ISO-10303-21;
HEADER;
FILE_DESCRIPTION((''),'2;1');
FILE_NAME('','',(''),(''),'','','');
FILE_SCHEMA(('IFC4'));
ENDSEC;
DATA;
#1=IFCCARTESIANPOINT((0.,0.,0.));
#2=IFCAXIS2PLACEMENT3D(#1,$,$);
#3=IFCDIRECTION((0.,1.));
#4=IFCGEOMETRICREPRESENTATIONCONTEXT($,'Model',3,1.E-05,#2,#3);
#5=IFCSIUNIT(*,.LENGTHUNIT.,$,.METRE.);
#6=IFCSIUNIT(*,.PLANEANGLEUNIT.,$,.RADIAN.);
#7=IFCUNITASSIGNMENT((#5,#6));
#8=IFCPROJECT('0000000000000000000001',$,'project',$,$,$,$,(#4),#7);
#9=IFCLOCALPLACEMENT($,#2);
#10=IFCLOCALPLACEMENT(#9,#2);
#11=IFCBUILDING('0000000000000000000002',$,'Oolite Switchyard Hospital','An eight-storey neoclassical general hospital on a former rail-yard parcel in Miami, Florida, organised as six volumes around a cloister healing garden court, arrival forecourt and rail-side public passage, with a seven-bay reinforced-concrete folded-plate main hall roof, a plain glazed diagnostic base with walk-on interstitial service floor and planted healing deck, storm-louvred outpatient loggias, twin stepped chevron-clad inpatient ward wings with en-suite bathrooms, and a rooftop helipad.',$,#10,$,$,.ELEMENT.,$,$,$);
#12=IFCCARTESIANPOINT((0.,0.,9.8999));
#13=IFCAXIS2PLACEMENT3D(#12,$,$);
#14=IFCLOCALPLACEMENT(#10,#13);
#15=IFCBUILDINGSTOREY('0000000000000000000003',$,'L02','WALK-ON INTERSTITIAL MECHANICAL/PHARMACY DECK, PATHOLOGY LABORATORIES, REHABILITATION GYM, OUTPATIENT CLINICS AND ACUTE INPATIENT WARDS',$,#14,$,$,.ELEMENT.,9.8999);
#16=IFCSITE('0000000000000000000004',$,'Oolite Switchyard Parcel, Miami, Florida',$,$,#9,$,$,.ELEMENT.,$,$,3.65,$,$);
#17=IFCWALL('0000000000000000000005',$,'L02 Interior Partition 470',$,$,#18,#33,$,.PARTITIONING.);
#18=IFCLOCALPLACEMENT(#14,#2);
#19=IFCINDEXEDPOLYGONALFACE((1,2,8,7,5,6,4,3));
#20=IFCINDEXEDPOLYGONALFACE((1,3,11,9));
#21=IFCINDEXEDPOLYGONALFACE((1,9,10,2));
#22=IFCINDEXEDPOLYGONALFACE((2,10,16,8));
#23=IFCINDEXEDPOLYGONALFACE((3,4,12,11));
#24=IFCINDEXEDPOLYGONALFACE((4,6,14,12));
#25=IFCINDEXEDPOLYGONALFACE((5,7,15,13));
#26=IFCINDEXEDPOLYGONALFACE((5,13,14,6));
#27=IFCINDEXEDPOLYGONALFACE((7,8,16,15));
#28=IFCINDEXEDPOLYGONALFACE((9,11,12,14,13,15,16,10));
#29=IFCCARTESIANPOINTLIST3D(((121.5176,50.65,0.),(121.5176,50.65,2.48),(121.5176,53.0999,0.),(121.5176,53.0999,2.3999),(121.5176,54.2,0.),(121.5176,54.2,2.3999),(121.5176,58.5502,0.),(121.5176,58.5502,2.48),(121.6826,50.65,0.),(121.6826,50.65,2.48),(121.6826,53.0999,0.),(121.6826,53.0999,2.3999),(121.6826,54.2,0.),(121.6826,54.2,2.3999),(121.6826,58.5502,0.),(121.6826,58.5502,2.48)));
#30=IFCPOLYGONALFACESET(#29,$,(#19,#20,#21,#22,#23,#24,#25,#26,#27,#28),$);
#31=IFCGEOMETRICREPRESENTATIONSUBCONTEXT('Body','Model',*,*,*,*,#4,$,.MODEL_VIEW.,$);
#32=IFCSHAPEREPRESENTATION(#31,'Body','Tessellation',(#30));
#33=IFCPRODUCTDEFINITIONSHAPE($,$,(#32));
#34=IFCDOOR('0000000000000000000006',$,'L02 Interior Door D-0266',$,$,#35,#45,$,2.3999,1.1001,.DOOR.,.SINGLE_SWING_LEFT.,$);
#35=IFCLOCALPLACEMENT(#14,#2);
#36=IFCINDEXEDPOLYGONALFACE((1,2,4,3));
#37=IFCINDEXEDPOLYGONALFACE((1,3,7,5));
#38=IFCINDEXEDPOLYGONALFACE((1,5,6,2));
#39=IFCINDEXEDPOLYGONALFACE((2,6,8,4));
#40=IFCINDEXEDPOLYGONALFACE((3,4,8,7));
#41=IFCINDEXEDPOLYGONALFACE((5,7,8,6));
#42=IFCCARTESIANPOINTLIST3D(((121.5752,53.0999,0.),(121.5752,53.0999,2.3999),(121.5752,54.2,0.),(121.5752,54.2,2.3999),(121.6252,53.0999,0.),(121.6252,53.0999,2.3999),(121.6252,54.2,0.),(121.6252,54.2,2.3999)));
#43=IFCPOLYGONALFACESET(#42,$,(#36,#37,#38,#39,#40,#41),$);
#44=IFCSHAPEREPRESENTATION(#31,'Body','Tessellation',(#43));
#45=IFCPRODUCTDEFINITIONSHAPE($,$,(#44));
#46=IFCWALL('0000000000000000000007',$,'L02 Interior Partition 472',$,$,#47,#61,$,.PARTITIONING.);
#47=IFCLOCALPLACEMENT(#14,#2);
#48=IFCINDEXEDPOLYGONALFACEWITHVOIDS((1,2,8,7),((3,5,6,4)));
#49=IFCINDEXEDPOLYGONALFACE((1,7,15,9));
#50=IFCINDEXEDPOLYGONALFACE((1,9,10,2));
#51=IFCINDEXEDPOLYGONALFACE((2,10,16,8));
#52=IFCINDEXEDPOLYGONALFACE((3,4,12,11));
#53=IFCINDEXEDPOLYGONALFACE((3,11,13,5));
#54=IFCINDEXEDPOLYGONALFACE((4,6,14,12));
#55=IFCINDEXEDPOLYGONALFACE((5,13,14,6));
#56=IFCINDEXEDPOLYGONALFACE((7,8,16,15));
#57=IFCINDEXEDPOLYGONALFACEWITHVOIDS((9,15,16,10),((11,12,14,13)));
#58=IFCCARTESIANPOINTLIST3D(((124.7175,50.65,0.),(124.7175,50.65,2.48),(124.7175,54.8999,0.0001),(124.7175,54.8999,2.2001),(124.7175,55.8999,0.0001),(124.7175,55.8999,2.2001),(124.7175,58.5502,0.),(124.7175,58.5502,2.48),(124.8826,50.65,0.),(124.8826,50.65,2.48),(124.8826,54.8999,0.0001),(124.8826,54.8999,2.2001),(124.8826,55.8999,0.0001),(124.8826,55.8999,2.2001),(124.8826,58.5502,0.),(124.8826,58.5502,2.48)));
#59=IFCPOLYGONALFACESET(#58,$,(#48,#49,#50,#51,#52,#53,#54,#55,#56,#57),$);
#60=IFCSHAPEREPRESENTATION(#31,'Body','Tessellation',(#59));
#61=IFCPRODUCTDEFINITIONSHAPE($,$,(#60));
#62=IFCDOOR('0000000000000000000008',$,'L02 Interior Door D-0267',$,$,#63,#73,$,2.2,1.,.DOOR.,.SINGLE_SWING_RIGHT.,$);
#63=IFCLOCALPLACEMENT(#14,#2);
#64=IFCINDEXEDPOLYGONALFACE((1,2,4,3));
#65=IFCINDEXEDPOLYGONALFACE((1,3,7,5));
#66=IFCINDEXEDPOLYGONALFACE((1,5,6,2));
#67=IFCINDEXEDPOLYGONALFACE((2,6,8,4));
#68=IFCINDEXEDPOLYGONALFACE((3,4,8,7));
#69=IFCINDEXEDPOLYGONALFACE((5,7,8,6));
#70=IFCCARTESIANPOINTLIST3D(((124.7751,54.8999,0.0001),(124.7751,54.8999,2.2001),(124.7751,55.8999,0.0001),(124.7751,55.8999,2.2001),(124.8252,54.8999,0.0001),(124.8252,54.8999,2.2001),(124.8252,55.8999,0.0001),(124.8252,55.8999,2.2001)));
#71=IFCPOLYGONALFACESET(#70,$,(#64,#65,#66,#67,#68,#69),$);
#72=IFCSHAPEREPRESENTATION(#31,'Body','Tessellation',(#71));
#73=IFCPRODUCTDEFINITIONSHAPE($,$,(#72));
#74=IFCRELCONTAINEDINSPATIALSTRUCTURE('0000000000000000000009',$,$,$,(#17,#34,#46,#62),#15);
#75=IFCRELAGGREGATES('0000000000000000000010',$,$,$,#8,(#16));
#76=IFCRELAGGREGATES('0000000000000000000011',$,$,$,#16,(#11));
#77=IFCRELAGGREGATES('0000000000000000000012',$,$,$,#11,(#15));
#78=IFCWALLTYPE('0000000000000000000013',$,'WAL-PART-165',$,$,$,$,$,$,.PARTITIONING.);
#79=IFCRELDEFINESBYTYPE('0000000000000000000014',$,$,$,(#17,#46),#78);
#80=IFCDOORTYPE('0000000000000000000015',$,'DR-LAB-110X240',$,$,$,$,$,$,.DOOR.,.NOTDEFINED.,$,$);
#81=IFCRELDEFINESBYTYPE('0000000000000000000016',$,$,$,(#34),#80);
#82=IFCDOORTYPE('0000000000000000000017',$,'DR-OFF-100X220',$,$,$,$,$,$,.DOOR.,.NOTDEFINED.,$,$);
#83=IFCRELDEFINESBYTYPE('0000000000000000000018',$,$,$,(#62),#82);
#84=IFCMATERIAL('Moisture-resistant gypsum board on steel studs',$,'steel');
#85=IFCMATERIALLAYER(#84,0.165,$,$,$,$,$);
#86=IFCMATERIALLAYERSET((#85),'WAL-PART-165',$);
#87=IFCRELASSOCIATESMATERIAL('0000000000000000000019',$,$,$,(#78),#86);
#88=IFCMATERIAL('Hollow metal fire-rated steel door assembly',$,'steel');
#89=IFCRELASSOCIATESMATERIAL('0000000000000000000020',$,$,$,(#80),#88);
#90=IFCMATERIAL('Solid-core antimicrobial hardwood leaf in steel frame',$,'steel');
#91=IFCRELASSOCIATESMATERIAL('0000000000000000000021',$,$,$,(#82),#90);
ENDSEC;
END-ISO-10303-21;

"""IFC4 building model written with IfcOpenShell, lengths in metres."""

from ifc_helpers import new_model, si_unit, direction, frame, frame_2d, origin, place, context, subcontext, project, spatial, rectangle, extrude, material, layer, layer_set, type_object, element, fill, save


model = new_model("IFC4")

# Units and contexts
model_context = context("Model", 3, precision=1e-05, world=origin(), true_north=direction((0.0, 1.0)))
body_context = subcontext(model_context, "Body", "Model", "MODEL_VIEW")
ifc_project = project(units=[si_unit("LENGTHUNIT", "METRE"), si_unit("PLANEANGLEUNIT", "RADIAN")], contexts=[model_context])

# Site, building, storey
site_placement = place(None, origin())
site = spatial("IfcSite", under=ifc_project, at=site_placement, Name="Oolite Switchyard Parcel, Miami, Florida", CompositionType="ELEMENT", RefElevation=3.65)
building_placement = place(site_placement, origin())
building = spatial("IfcBuilding", under=site, at=building_placement, Name="Oolite Switchyard Hospital", Description="An eight-storey neoclassical general hospital on a former rail-yard parcel in Miami, Florida, organised as six volumes around a cloister healing garden court, arrival forecourt and rail-side public passage, with a seven-bay reinforced-concrete folded-plate main hall roof, a plain glazed diagnostic base with walk-on interstitial service floor and planted healing deck, storm-louvred outpatient loggias, twin stepped chevron-clad inpatient ward wings with en-suite bathrooms, and a rooftop helipad.", CompositionType="ELEMENT")
storey_placement = place(building_placement, frame((0.0, 0.0, 9.8999)))
storey = spatial("IfcBuildingStorey", under=building, at=storey_placement, Name="L02", Description="WALK-ON INTERSTITIAL MECHANICAL/PHARMACY DECK, PATHOLOGY LABORATORIES, REHABILITATION GYM, OUTPATIENT CLINICS AND ACUTE INPATIENT WARDS", CompositionType="ELEMENT", Elevation=9.8999)

# Shared definitions
ifc_material_1 = material(Name="Moisture-resistant gypsum board on steel studs", Category="steel")

# Walls, openings, doors
ifc_layer_1 = layer(ifc_material_1, 0.165)
ifc_layer_set_1 = layer_set([ifc_layer_1], Name="WAL-PART-165")
wall_type_1 = type_object("IfcWallType", Name="WAL-PART-165", PredefinedType="PARTITIONING", material=ifc_layer_set_1)
ifc_material_2 = material(Name="Hollow metal fire-rated steel door assembly", Category="steel")
door_type_1 = type_object("IfcDoorType", Name="DR-LAB-110X240", OperationType="NOTDEFINED", PredefinedType="DOOR", material=ifc_material_2)
ifc_material_3 = material(Name="Solid-core antimicrobial hardwood leaf in steel frame", Category="steel")
wall_1_placement = place(storey_placement, frame((121.6001, 50.6499, 0.0), z_axis=(0.0, 0.0, 1.0), x_axis=(0.0, 1.0, 0.0)))
wall_1 = element("IfcWall", 1, at=wall_1_placement, inside=storey, type_object=wall_type_1, Name="L02 Interior Partition 470", PredefinedType="PARTITIONING", context=body_context, shape_type="SweptSolid", body=[
    extrude(rectangle(XDim=7.9001, YDim=0.165, at=frame_2d((3.9502, 0.0))), origin(), (0.0, 0.0, 1.0), 2.48),
])
opening_1_placement = place(wall_1_placement, frame((2.45, 0.0, 0.0)))
opening_1 = element("IfcOpeningElement", 2, at=opening_1_placement, cuts=wall_1, PredefinedType="OPENING", context=body_context, shape_type="SweptSolid", body=[
    extrude(rectangle(XDim=1.1001, YDim=2.3999, at=frame_2d((0.55, 1.2))), frame((0.0, 0.0925, 0.0), z_axis=(0.0, -1.0, 0.0), x_axis=(1.0, 0.0, 0.0)), (0.0, 0.0, 1.0), 0.1851),
])
door_1_placement = place(opening_1_placement, origin())
door_1 = element("IfcDoor", 3, at=door_1_placement, inside=storey, type_object=door_type_1, Name="L02 Interior Door D-0266", OperationType="SINGLE_SWING_LEFT", OverallHeight=2.3999, OverallWidth=1.1001, PredefinedType="DOOR", context=body_context, shape_type="SweptSolid", body=[
    extrude(rectangle(XDim=1.1001, YDim=2.3999, at=frame_2d((0.55, 1.2))), frame((0.0, 0.0249, 0.0), z_axis=(0.0, -1.0, 0.0), x_axis=(1.0, 0.0, 0.0)), (0.0, 0.0, 1.0), 0.05),
])
fill(opening_1, door_1)
wall_2_placement = place(storey_placement, frame((124.8, 50.6499, 0.0), z_axis=(0.0, 0.0, 1.0), x_axis=(0.0, 1.0, 0.0)))
wall_2 = element("IfcWall", 4, at=wall_2_placement, inside=storey, type_object=wall_type_1, Name="L02 Interior Partition 472", PredefinedType="PARTITIONING", context=body_context, shape_type="SweptSolid", body=[
    extrude(rectangle(XDim=7.9001, YDim=0.165, at=frame_2d((3.9502, 0.0))), origin(), (0.0, 0.0, 1.0), 2.48),
])
opening_2_placement = place(wall_2_placement, frame((4.25, 0.0, 0.0)))
opening_2 = element("IfcOpeningElement", 5, at=opening_2_placement, cuts=wall_2, PredefinedType="OPENING", context=body_context, shape_type="SweptSolid", body=[
    extrude(rectangle(XDim=1.0, YDim=2.2, at=frame_2d((0.5, 1.1001))), frame((0.0, 0.0925, 0.0), z_axis=(0.0, -1.0, 0.0), x_axis=(1.0, 0.0, 0.0)), (0.0, 0.0, 1.0), 0.1851),
])
door_type_2 = type_object("IfcDoorType", Name="DR-OFF-100X220", OperationType="NOTDEFINED", PredefinedType="DOOR", material=ifc_material_3)
door_2_placement = place(opening_2_placement, origin())
door_2 = element("IfcDoor", 6, at=door_2_placement, inside=storey, type_object=door_type_2, Name="L02 Interior Door D-0267", OperationType="SINGLE_SWING_RIGHT", OverallHeight=2.2, OverallWidth=1.0, PredefinedType="DOOR", context=body_context, shape_type="SweptSolid", body=[
    extrude(rectangle(XDim=1.0, YDim=2.2, at=frame_2d((0.5, 1.1001))), frame((0.0, 0.0249, 0.0), z_axis=(0.0, -1.0, 0.0), x_axis=(1.0, 0.0, 0.0)), (0.0, 0.0, 1.0), 0.05),
])
fill(opening_2, door_2)

save(model, "model.ifc")
